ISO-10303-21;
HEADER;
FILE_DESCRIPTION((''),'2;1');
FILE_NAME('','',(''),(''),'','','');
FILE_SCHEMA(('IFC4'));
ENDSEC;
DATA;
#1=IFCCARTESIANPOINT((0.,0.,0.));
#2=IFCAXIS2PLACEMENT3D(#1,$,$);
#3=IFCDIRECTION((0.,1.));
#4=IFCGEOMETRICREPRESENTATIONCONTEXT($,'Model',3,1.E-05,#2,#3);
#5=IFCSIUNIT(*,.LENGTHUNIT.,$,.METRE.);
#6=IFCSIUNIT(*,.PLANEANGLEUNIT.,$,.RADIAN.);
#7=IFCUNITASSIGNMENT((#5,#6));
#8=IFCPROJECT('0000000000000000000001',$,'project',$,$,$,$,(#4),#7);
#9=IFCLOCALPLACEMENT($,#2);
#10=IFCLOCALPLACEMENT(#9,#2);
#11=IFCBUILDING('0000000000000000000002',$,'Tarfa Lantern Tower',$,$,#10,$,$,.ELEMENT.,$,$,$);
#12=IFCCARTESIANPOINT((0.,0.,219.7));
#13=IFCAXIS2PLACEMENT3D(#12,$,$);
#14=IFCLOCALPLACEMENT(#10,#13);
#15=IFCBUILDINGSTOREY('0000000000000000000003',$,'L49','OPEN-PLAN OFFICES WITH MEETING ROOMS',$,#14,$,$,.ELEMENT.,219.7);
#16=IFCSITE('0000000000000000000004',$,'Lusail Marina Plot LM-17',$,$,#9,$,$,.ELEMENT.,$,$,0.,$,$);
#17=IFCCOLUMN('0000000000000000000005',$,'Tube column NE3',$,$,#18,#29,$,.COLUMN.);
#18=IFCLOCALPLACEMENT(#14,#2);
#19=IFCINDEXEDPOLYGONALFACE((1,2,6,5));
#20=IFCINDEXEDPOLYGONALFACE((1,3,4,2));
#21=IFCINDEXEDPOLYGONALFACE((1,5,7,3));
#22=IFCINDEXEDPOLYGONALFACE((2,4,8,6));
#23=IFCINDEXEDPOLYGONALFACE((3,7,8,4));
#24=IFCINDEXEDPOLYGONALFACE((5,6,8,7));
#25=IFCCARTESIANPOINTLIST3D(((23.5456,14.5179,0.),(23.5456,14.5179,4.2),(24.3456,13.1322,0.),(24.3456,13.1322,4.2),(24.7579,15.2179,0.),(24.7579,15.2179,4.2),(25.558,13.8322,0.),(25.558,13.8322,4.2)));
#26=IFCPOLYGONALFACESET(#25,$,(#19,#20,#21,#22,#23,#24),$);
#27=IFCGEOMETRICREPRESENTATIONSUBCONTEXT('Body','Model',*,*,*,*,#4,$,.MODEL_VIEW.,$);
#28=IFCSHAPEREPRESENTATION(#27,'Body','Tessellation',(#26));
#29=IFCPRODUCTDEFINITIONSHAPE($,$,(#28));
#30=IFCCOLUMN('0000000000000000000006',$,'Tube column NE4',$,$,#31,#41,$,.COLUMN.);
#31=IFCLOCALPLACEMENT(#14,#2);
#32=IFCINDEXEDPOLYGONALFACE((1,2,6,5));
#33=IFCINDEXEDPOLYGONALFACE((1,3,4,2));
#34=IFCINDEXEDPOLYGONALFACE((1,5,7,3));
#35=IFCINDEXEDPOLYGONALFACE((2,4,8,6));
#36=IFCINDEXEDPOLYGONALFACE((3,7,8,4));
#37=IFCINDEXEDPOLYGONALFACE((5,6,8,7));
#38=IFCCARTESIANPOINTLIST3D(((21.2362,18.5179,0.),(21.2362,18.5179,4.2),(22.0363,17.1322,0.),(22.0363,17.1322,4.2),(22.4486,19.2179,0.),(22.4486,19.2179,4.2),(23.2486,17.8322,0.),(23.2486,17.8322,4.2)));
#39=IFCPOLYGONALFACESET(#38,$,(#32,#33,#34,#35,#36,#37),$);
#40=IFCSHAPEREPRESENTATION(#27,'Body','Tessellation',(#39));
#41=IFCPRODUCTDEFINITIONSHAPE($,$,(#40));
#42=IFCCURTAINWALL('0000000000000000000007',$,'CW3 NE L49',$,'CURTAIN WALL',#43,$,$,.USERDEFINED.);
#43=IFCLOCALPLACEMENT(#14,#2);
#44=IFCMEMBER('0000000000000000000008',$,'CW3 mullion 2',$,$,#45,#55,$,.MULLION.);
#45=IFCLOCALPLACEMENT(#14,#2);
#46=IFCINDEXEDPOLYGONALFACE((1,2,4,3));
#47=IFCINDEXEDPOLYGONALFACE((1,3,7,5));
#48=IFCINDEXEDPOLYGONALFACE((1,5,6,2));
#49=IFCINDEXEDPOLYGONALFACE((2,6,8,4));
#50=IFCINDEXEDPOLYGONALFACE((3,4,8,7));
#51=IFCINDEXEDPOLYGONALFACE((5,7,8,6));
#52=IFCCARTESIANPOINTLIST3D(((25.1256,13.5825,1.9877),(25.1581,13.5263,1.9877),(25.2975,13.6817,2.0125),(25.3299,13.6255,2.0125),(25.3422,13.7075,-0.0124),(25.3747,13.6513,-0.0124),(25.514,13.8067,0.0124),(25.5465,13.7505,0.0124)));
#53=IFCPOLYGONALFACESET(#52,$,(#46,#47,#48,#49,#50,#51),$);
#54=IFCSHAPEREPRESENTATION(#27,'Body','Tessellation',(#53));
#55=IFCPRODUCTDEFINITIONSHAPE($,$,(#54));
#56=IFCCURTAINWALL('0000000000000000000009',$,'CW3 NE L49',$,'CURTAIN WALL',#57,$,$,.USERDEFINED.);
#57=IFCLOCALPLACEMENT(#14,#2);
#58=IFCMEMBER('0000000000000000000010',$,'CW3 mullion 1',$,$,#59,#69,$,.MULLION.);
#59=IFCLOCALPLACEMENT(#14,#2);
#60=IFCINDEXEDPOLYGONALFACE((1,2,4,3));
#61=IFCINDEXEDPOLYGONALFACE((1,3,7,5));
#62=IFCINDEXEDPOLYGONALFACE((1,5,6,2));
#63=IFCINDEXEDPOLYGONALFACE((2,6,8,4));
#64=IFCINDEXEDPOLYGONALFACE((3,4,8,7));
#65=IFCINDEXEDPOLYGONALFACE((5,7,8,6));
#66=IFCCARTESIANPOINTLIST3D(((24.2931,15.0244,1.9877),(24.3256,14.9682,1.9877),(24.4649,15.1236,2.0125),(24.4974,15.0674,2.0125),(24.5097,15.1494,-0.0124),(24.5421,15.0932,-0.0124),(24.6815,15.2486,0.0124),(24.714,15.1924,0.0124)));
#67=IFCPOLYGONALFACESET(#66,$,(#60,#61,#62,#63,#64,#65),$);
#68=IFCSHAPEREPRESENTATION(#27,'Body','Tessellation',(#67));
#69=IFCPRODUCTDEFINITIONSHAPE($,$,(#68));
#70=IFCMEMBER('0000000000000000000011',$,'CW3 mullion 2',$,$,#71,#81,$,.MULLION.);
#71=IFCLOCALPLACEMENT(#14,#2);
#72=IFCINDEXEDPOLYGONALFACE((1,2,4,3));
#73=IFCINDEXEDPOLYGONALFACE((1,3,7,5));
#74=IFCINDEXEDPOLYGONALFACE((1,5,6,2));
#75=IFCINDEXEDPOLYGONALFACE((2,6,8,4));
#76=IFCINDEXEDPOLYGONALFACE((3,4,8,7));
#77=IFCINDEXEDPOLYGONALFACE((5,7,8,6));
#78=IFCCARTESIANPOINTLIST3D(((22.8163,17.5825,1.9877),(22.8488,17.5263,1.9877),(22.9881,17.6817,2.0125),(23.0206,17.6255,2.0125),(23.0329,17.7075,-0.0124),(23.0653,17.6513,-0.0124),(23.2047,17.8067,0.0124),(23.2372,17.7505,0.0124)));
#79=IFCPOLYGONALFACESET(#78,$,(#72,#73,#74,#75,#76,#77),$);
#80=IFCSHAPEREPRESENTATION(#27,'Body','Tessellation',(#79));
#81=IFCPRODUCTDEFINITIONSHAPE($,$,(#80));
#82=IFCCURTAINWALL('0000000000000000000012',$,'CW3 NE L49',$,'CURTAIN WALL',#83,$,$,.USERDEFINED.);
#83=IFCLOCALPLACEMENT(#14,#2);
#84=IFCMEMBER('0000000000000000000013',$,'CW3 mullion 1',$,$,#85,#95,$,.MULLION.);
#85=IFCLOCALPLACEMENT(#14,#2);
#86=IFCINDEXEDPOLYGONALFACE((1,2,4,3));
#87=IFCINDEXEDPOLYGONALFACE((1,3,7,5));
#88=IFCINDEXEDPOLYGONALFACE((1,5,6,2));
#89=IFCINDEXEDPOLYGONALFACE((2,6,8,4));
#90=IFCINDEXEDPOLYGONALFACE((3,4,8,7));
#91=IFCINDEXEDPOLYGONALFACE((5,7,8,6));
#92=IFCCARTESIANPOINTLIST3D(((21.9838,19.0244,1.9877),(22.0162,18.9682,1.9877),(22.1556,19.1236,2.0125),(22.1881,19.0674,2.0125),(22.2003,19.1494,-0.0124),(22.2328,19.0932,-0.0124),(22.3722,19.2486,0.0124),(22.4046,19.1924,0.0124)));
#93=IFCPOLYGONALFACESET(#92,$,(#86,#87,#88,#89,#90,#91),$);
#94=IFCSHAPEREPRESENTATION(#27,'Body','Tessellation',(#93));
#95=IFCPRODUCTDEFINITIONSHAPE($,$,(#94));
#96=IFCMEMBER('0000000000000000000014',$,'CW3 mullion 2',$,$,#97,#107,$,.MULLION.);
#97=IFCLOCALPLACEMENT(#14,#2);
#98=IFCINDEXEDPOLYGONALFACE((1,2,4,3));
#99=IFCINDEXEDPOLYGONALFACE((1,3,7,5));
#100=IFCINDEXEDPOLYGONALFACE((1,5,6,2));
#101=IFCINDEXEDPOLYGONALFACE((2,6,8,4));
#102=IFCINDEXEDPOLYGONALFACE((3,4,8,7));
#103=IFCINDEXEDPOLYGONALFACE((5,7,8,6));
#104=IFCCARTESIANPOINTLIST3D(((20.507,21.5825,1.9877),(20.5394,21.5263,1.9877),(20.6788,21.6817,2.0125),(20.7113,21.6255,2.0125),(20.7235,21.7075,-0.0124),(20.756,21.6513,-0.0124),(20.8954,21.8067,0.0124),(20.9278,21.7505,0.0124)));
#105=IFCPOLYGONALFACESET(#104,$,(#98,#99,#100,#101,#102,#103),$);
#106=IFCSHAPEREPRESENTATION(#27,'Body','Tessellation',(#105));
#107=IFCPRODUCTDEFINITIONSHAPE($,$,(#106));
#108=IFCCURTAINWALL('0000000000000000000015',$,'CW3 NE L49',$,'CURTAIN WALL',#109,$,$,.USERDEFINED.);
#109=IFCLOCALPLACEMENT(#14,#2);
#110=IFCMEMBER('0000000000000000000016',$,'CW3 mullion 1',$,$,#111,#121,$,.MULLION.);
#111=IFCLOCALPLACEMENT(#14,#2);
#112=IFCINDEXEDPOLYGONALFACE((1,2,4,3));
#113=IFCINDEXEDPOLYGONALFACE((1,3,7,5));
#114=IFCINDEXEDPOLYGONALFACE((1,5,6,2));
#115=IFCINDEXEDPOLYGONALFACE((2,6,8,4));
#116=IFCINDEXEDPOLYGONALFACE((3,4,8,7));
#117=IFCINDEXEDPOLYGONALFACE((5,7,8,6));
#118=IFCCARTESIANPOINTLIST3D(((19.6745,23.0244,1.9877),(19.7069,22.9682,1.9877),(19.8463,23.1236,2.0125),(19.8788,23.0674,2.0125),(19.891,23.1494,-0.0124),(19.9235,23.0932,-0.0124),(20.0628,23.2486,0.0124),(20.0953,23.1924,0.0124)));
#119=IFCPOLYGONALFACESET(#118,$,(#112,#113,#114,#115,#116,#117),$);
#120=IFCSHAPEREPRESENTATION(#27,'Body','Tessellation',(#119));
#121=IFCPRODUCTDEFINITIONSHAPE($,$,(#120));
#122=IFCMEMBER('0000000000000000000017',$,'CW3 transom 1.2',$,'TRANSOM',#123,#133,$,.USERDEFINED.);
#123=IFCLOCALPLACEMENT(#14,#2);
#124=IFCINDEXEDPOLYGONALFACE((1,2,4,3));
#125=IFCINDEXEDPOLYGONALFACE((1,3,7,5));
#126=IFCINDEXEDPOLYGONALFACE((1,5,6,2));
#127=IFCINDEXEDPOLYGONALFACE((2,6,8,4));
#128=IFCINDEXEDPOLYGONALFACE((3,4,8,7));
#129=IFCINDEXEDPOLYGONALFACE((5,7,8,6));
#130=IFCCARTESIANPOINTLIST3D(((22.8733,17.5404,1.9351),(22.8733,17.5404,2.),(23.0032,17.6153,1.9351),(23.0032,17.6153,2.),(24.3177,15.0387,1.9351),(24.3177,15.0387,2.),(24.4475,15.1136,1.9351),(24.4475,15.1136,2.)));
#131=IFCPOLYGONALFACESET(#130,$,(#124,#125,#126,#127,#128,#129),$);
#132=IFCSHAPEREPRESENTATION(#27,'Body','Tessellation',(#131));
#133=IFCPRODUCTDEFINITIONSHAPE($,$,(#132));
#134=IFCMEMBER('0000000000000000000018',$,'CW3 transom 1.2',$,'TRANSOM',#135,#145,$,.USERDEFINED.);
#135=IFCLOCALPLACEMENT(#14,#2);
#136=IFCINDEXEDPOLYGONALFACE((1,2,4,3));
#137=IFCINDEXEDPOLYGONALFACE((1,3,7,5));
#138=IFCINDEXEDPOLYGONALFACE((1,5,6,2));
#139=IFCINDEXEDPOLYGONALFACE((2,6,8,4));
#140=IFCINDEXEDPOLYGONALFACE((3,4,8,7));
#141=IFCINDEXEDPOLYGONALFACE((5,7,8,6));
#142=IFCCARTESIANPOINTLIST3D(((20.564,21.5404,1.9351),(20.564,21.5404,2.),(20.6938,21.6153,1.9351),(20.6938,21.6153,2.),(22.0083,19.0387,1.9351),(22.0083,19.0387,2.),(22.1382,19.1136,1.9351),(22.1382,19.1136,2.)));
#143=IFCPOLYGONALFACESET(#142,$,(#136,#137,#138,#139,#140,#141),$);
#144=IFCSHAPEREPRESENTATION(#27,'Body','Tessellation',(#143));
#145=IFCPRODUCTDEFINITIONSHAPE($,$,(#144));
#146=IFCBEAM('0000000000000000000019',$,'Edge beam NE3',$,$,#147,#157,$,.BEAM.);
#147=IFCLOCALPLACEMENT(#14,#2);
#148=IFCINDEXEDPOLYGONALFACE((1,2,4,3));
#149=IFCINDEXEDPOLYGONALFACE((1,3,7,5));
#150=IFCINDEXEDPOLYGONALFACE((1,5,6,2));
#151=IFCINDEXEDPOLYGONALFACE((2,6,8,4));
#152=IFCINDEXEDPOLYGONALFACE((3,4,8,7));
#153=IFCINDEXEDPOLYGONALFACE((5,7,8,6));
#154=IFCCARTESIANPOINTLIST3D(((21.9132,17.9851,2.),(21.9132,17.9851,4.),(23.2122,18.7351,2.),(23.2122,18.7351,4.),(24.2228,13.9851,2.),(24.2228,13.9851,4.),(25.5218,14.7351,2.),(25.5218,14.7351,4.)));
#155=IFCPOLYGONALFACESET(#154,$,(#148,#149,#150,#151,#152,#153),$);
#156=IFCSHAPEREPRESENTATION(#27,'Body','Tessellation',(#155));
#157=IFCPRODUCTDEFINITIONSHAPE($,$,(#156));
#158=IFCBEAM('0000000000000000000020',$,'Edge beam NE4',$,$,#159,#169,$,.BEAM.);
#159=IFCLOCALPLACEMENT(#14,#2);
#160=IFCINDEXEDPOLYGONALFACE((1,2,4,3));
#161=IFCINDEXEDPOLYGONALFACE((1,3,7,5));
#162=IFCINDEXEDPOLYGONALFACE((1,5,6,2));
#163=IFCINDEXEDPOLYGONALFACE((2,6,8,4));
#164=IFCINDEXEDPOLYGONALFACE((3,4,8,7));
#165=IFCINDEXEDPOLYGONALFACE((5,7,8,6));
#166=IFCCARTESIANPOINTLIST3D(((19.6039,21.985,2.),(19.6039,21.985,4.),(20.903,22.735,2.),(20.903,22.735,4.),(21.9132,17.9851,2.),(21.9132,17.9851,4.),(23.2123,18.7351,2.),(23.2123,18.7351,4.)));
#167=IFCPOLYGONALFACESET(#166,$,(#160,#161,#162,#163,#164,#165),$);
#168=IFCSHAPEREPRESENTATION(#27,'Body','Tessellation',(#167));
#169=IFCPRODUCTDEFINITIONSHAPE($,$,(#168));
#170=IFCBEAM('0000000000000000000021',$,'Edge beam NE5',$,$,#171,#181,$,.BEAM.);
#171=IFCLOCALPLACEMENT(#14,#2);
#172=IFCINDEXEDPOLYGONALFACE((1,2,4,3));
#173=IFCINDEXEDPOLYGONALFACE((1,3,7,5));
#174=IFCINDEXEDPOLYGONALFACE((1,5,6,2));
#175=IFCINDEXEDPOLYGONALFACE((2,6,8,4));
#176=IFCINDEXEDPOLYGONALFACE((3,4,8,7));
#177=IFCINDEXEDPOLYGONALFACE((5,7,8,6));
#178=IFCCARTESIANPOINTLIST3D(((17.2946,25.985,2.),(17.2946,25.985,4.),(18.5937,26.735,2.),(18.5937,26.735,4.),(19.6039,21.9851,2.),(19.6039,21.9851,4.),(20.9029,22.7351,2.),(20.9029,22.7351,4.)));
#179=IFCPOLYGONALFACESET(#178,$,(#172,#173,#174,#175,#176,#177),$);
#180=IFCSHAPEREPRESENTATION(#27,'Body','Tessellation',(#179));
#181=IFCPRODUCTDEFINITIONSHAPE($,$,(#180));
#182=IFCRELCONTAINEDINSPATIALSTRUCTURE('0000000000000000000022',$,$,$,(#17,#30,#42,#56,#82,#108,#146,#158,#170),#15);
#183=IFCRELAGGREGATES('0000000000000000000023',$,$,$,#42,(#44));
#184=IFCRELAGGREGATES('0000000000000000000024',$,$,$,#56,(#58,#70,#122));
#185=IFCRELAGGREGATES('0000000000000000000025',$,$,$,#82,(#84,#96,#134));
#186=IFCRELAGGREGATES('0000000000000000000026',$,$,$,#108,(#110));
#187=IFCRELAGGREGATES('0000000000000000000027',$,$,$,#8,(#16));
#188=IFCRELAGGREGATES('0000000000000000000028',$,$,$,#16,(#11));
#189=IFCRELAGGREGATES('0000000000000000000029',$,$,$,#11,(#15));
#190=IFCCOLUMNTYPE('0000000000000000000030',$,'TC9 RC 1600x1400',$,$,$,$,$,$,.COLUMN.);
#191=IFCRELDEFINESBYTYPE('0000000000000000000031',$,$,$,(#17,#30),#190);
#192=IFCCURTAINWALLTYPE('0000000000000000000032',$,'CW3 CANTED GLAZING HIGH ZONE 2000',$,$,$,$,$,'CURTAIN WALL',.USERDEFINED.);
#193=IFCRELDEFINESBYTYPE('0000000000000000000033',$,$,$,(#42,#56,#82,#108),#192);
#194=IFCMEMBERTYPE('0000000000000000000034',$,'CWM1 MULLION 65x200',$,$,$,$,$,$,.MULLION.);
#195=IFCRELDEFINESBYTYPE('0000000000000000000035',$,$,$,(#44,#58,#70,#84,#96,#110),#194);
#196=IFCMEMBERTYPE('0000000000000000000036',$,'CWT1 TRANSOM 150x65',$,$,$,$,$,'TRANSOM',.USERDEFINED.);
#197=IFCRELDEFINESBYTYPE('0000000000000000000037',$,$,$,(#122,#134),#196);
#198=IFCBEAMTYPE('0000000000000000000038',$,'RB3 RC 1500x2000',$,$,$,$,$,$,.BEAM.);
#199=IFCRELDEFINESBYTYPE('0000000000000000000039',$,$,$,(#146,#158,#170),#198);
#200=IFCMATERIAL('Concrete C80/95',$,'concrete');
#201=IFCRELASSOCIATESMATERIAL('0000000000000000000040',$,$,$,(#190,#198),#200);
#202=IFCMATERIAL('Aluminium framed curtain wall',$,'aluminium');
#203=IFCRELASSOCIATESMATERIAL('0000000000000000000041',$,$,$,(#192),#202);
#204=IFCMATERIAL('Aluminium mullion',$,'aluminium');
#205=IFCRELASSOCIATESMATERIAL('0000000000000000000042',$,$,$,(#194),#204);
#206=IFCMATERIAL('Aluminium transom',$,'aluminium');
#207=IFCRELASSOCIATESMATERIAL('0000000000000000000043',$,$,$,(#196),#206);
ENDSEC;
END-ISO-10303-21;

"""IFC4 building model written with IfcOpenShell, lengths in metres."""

from ifc_helpers import new_model, si_unit, direction, frame, origin, origin_2d, place, context, subcontext, project, spatial, rectangle, extrude, material, material_profile, profile_set, type_object, element, aggregate, save


model = new_model("IFC4")

# Units and contexts
model_context = context("Model", 3, precision=1e-05, world=origin(), true_north=direction((0.0, 1.0)))
body_context = subcontext(model_context, "Body", "Model", "MODEL_VIEW")
ifc_project = project(units=[si_unit("LENGTHUNIT", "METRE"), si_unit("PLANEANGLEUNIT", "RADIAN")], contexts=[model_context])

# Site, building, storey
site_placement = place(None, origin())
site = spatial("IfcSite", under=ifc_project, at=site_placement, Name="Lusail Marina Plot LM-17", CompositionType="ELEMENT", RefElevation=0.0)
building_placement = place(site_placement, origin())
building = spatial("IfcBuilding", under=site, at=building_placement, Name="Tarfa Lantern Tower", CompositionType="ELEMENT")
storey_placement = place(building_placement, frame((0.0, 0.0, 219.7)))
storey = spatial("IfcBuildingStorey", under=building, at=storey_placement, Name="L49", Description="OPEN-PLAN OFFICES WITH MEETING ROOMS", CompositionType="ELEMENT", Elevation=219.7)

# Columns
ifc_material_1 = material(Name="Concrete C80/95", Category="concrete")
ifc_material_profile_1 = material_profile(ifc_material_1, rectangle(XDim=1.6001, YDim=1.3999, at=origin_2d()), Name="RC 1600x1400")
ifc_profile_set_1 = profile_set([ifc_material_profile_1], Name="Concrete C80/95")
column_type = type_object("IfcColumnType", Name="TC9 RC 1600x1400", PredefinedType="COLUMN", material=ifc_profile_set_1)
for number, where, z_axis, x_axis, name in (
    (1, (24.5518, 14.175, 0.0), (0.0, 0.0, 1.0), (-0.5, 0.866025, 0.0), "Tube column NE3"),
    (2, (22.2424, 18.175, 0.0), (0.0, 0.0, 1.0), (-0.5, 0.866025, 0.0), "Tube column NE4"),
):
    element("IfcColumn", number, at=place(storey_placement, frame(where, z_axis=z_axis, x_axis=x_axis)), inside=storey, type_object=column_type, Name=name, PredefinedType="COLUMN", context=body_context, shape_type="SweptSolid", body=[
        extrude(rectangle(XDim=1.6001, YDim=1.3999, at=origin_2d()), origin(), (0.0, 0.0, 1.0), 4.2),
    ])

# Curtain wall, member
ifc_material_2 = material(Name="Aluminium framed curtain wall", Category="aluminium")
curtain_wall_type = type_object("IfcCurtainWallType", Name="CW3 CANTED GLAZING HIGH ZONE 2000", ElementType="CURTAIN WALL", PredefinedType="USERDEFINED", material=ifc_material_2)
curtain_wall_1_placement = place(storey_placement, origin())
curtain_wall_1 = element("IfcCurtainWall", 3, at=curtain_wall_1_placement, inside=storey, type_object=curtain_wall_type, Name="CW3 NE L49", ObjectType="CURTAIN WALL", PredefinedType="USERDEFINED")
ifc_material_3 = material(Name="Aluminium mullion", Category="aluminium")
ifc_material_profile_2 = material_profile(ifc_material_3, rectangle(XDim=0.0649, YDim=0.2, at=origin_2d()), Name="AL MULLION 65x200")
ifc_profile_set_2 = profile_set([ifc_material_profile_2], Name="Aluminium mullion")
member_type_1 = type_object("IfcMemberType", Name="CWM1 MULLION 65x200", PredefinedType="MULLION", material=ifc_profile_set_2)
member_1_placement = place(storey_placement, frame((25.4443, 13.729, 0.0), z_axis=(-0.10744, -0.062017, 0.992275), x_axis=(0.49992, -0.866072, 0.0)))
member_1 = element("IfcMember", 4, at=member_1_placement, type_object=member_type_1, Name="CW3 mullion 2", PredefinedType="MULLION", context=body_context, shape_type="SweptSolid", body=[
    extrude(rectangle(XDim=0.0649, YDim=0.2, at=origin_2d()), origin(), (0.0, 0.0, 1.0), 2.0156),
])

# Curtain walls, members
curtain_wall_2_placement = place(storey_placement, origin())
curtain_wall_2 = element("IfcCurtainWall", 5, at=curtain_wall_2_placement, inside=storey, type_object=curtain_wall_type, Name="CW3 NE L49", ObjectType="CURTAIN WALL", PredefinedType="USERDEFINED")
member_2_placement = place(storey_placement, frame((24.6118, 15.1709, 0.0), z_axis=(-0.10744, -0.062017, 0.992275), x_axis=(0.49992, -0.866072, 0.0)))
member_2 = element("IfcMember", 6, at=member_2_placement, type_object=member_type_1, Name="CW3 mullion 1", PredefinedType="MULLION", context=body_context, shape_type="SweptSolid", body=[
    extrude(rectangle(XDim=0.0649, YDim=0.2, at=origin_2d()), origin(), (0.0, 0.0, 1.0), 2.0156),
])
member_3_placement = place(storey_placement, frame((23.135, 17.729, 0.0), z_axis=(-0.10744, -0.062017, 0.992275), x_axis=(0.49992, -0.866072, 0.0)))
member_3 = element("IfcMember", 7, at=member_3_placement, type_object=member_type_1, Name="CW3 mullion 2", PredefinedType="MULLION", context=body_context, shape_type="SweptSolid", body=[
    extrude(rectangle(XDim=0.0649, YDim=0.2, at=origin_2d()), origin(), (0.0, 0.0, 1.0), 2.0156),
])
curtain_wall_3_placement = place(storey_placement, origin())
curtain_wall_3 = element("IfcCurtainWall", 8, at=curtain_wall_3_placement, inside=storey, type_object=curtain_wall_type, Name="CW3 NE L49", ObjectType="CURTAIN WALL", PredefinedType="USERDEFINED")
member_4_placement = place(storey_placement, frame((22.3025, 19.1709, 0.0), z_axis=(-0.10744, -0.062017, 0.992275), x_axis=(0.49992, -0.866072, 0.0)))
member_4 = element("IfcMember", 9, at=member_4_placement, type_object=member_type_1, Name="CW3 mullion 1", PredefinedType="MULLION", context=body_context, shape_type="SweptSolid", body=[
    extrude(rectangle(XDim=0.0649, YDim=0.2, at=origin_2d()), origin(), (0.0, 0.0, 1.0), 2.0156),
])
member_5_placement = place(storey_placement, frame((20.8257, 21.729, 0.0), z_axis=(-0.10744, -0.062017, 0.992275), x_axis=(0.49992, -0.866072, 0.0)))
member_5 = element("IfcMember", 10, at=member_5_placement, type_object=member_type_1, Name="CW3 mullion 2", PredefinedType="MULLION", context=body_context, shape_type="SweptSolid", body=[
    extrude(rectangle(XDim=0.0649, YDim=0.2, at=origin_2d()), origin(), (0.0, 0.0, 1.0), 2.0156),
])

# Curtain wall, member
curtain_wall_4_placement = place(storey_placement, origin())
curtain_wall_4 = element("IfcCurtainWall", 11, at=curtain_wall_4_placement, inside=storey, type_object=curtain_wall_type, Name="CW3 NE L49", ObjectType="CURTAIN WALL", PredefinedType="USERDEFINED")
member_6_placement = place(storey_placement, frame((19.9932, 23.1709, 0.0), z_axis=(-0.10744, -0.062017, 0.992275), x_axis=(0.49992, -0.866072, 0.0)))
member_6 = element("IfcMember", 12, at=member_6_placement, type_object=member_type_1, Name="CW3 mullion 1", PredefinedType="MULLION", context=body_context, shape_type="SweptSolid", body=[
    extrude(rectangle(XDim=0.0649, YDim=0.2, at=origin_2d()), origin(), (0.0, 0.0, 1.0), 2.0156),
])

# Members
ifc_material_4 = material(Name="Aluminium transom", Category="aluminium")
ifc_material_profile_3 = material_profile(ifc_material_4, rectangle(XDim=0.1499, YDim=0.0649, at=origin_2d()), Name="AL TRANSOM 150x65")
ifc_profile_set_3 = profile_set([ifc_material_profile_3], Name="Aluminium transom")
member_type_2 = type_object("IfcMemberType", Name="CWT1 TRANSOM 150x65", ElementType="TRANSOM", PredefinedType="USERDEFINED", material=ifc_profile_set_3)
member_7_placement = place(storey_placement, frame((24.3826, 15.0762, 1.9675), z_axis=(-0.499993, 0.866029, 0.0), x_axis=(-0.866029, -0.499993, 0.0)))
member_7 = element("IfcMember", 13, at=member_7_placement, type_object=member_type_2, Name="CW3 transom 1.2", ObjectType="TRANSOM", PredefinedType="USERDEFINED", context=body_context, shape_type="SweptSolid", body=[
    extrude(rectangle(XDim=0.1499, YDim=0.0649, at=origin_2d()), origin(), (0.0, 0.0, 1.0), 2.8887),
])
member_8_placement = place(storey_placement, frame((22.0732, 19.0762, 1.9675), z_axis=(-0.499993, 0.866029, 0.0), x_axis=(-0.866029, -0.499993, 0.0)))
member_8 = element("IfcMember", 14, at=member_8_placement, type_object=member_type_2, Name="CW3 transom 1.2", ObjectType="TRANSOM", PredefinedType="USERDEFINED", context=body_context, shape_type="SweptSolid", body=[
    extrude(rectangle(XDim=0.1499, YDim=0.0649, at=origin_2d()), origin(), (0.0, 0.0, 1.0), 2.8887),
])

# Beams
ifc_material_profile_4 = material_profile(ifc_material_1, rectangle(XDim=1.5, YDim=2.0, at=origin_2d()), Name="RC 1500x2000")
ifc_profile_set_4 = profile_set([ifc_material_profile_4], Name="Concrete C80/95")
beam_type_1 = type_object("IfcBeamType", Name="RB3 RC 1500x2000", PredefinedType="BEAM", material=ifc_profile_set_4)
beam_1_placement = place(storey_placement, frame((24.8723, 14.3601, 3.0), z_axis=(-0.500027, 0.86601, 0.0), x_axis=(-0.86601, -0.500027, 0.0)))
element("IfcBeam", 15, at=beam_1_placement, inside=storey, type_object=beam_type_1, Name="Edge beam NE3", PredefinedType="BEAM", context=body_context, shape_type="SweptSolid", body=[
    extrude(rectangle(XDim=1.5, YDim=2.0, at=origin_2d()), origin(), (0.0, 0.0, 1.0), 4.6189),
])
for number, where, z_axis, x_axis, name in (
    (16, (22.5627, 18.3601, 3.0), (-0.499988, 0.866032, 0.0), (-0.866032, -0.499988, 0.0), "Edge beam NE4"),
    (17, (20.2534, 22.3601, 3.0), (-0.499988, 0.866032, 0.0), (-0.866032, -0.499988, 0.0), "Edge beam NE5"),
):
    element("IfcBeam", number, at=place(storey_placement, frame(where, z_axis=z_axis, x_axis=x_axis)), inside=storey, type_object=beam_type_1, Name=name, PredefinedType="BEAM", context=body_context, shape_type="SweptSolid", body=[
        extrude(rectangle(XDim=1.5, YDim=2.0, at=origin_2d()), origin(), (0.0, 0.0, 1.0), 4.6187),
    ])

aggregate(curtain_wall_1, [member_1])
aggregate(curtain_wall_2, [member_2, member_3, member_7])
aggregate(curtain_wall_3, [member_4, member_5, member_8])
aggregate(curtain_wall_4, [member_6])

save(model, "model.ifc")
